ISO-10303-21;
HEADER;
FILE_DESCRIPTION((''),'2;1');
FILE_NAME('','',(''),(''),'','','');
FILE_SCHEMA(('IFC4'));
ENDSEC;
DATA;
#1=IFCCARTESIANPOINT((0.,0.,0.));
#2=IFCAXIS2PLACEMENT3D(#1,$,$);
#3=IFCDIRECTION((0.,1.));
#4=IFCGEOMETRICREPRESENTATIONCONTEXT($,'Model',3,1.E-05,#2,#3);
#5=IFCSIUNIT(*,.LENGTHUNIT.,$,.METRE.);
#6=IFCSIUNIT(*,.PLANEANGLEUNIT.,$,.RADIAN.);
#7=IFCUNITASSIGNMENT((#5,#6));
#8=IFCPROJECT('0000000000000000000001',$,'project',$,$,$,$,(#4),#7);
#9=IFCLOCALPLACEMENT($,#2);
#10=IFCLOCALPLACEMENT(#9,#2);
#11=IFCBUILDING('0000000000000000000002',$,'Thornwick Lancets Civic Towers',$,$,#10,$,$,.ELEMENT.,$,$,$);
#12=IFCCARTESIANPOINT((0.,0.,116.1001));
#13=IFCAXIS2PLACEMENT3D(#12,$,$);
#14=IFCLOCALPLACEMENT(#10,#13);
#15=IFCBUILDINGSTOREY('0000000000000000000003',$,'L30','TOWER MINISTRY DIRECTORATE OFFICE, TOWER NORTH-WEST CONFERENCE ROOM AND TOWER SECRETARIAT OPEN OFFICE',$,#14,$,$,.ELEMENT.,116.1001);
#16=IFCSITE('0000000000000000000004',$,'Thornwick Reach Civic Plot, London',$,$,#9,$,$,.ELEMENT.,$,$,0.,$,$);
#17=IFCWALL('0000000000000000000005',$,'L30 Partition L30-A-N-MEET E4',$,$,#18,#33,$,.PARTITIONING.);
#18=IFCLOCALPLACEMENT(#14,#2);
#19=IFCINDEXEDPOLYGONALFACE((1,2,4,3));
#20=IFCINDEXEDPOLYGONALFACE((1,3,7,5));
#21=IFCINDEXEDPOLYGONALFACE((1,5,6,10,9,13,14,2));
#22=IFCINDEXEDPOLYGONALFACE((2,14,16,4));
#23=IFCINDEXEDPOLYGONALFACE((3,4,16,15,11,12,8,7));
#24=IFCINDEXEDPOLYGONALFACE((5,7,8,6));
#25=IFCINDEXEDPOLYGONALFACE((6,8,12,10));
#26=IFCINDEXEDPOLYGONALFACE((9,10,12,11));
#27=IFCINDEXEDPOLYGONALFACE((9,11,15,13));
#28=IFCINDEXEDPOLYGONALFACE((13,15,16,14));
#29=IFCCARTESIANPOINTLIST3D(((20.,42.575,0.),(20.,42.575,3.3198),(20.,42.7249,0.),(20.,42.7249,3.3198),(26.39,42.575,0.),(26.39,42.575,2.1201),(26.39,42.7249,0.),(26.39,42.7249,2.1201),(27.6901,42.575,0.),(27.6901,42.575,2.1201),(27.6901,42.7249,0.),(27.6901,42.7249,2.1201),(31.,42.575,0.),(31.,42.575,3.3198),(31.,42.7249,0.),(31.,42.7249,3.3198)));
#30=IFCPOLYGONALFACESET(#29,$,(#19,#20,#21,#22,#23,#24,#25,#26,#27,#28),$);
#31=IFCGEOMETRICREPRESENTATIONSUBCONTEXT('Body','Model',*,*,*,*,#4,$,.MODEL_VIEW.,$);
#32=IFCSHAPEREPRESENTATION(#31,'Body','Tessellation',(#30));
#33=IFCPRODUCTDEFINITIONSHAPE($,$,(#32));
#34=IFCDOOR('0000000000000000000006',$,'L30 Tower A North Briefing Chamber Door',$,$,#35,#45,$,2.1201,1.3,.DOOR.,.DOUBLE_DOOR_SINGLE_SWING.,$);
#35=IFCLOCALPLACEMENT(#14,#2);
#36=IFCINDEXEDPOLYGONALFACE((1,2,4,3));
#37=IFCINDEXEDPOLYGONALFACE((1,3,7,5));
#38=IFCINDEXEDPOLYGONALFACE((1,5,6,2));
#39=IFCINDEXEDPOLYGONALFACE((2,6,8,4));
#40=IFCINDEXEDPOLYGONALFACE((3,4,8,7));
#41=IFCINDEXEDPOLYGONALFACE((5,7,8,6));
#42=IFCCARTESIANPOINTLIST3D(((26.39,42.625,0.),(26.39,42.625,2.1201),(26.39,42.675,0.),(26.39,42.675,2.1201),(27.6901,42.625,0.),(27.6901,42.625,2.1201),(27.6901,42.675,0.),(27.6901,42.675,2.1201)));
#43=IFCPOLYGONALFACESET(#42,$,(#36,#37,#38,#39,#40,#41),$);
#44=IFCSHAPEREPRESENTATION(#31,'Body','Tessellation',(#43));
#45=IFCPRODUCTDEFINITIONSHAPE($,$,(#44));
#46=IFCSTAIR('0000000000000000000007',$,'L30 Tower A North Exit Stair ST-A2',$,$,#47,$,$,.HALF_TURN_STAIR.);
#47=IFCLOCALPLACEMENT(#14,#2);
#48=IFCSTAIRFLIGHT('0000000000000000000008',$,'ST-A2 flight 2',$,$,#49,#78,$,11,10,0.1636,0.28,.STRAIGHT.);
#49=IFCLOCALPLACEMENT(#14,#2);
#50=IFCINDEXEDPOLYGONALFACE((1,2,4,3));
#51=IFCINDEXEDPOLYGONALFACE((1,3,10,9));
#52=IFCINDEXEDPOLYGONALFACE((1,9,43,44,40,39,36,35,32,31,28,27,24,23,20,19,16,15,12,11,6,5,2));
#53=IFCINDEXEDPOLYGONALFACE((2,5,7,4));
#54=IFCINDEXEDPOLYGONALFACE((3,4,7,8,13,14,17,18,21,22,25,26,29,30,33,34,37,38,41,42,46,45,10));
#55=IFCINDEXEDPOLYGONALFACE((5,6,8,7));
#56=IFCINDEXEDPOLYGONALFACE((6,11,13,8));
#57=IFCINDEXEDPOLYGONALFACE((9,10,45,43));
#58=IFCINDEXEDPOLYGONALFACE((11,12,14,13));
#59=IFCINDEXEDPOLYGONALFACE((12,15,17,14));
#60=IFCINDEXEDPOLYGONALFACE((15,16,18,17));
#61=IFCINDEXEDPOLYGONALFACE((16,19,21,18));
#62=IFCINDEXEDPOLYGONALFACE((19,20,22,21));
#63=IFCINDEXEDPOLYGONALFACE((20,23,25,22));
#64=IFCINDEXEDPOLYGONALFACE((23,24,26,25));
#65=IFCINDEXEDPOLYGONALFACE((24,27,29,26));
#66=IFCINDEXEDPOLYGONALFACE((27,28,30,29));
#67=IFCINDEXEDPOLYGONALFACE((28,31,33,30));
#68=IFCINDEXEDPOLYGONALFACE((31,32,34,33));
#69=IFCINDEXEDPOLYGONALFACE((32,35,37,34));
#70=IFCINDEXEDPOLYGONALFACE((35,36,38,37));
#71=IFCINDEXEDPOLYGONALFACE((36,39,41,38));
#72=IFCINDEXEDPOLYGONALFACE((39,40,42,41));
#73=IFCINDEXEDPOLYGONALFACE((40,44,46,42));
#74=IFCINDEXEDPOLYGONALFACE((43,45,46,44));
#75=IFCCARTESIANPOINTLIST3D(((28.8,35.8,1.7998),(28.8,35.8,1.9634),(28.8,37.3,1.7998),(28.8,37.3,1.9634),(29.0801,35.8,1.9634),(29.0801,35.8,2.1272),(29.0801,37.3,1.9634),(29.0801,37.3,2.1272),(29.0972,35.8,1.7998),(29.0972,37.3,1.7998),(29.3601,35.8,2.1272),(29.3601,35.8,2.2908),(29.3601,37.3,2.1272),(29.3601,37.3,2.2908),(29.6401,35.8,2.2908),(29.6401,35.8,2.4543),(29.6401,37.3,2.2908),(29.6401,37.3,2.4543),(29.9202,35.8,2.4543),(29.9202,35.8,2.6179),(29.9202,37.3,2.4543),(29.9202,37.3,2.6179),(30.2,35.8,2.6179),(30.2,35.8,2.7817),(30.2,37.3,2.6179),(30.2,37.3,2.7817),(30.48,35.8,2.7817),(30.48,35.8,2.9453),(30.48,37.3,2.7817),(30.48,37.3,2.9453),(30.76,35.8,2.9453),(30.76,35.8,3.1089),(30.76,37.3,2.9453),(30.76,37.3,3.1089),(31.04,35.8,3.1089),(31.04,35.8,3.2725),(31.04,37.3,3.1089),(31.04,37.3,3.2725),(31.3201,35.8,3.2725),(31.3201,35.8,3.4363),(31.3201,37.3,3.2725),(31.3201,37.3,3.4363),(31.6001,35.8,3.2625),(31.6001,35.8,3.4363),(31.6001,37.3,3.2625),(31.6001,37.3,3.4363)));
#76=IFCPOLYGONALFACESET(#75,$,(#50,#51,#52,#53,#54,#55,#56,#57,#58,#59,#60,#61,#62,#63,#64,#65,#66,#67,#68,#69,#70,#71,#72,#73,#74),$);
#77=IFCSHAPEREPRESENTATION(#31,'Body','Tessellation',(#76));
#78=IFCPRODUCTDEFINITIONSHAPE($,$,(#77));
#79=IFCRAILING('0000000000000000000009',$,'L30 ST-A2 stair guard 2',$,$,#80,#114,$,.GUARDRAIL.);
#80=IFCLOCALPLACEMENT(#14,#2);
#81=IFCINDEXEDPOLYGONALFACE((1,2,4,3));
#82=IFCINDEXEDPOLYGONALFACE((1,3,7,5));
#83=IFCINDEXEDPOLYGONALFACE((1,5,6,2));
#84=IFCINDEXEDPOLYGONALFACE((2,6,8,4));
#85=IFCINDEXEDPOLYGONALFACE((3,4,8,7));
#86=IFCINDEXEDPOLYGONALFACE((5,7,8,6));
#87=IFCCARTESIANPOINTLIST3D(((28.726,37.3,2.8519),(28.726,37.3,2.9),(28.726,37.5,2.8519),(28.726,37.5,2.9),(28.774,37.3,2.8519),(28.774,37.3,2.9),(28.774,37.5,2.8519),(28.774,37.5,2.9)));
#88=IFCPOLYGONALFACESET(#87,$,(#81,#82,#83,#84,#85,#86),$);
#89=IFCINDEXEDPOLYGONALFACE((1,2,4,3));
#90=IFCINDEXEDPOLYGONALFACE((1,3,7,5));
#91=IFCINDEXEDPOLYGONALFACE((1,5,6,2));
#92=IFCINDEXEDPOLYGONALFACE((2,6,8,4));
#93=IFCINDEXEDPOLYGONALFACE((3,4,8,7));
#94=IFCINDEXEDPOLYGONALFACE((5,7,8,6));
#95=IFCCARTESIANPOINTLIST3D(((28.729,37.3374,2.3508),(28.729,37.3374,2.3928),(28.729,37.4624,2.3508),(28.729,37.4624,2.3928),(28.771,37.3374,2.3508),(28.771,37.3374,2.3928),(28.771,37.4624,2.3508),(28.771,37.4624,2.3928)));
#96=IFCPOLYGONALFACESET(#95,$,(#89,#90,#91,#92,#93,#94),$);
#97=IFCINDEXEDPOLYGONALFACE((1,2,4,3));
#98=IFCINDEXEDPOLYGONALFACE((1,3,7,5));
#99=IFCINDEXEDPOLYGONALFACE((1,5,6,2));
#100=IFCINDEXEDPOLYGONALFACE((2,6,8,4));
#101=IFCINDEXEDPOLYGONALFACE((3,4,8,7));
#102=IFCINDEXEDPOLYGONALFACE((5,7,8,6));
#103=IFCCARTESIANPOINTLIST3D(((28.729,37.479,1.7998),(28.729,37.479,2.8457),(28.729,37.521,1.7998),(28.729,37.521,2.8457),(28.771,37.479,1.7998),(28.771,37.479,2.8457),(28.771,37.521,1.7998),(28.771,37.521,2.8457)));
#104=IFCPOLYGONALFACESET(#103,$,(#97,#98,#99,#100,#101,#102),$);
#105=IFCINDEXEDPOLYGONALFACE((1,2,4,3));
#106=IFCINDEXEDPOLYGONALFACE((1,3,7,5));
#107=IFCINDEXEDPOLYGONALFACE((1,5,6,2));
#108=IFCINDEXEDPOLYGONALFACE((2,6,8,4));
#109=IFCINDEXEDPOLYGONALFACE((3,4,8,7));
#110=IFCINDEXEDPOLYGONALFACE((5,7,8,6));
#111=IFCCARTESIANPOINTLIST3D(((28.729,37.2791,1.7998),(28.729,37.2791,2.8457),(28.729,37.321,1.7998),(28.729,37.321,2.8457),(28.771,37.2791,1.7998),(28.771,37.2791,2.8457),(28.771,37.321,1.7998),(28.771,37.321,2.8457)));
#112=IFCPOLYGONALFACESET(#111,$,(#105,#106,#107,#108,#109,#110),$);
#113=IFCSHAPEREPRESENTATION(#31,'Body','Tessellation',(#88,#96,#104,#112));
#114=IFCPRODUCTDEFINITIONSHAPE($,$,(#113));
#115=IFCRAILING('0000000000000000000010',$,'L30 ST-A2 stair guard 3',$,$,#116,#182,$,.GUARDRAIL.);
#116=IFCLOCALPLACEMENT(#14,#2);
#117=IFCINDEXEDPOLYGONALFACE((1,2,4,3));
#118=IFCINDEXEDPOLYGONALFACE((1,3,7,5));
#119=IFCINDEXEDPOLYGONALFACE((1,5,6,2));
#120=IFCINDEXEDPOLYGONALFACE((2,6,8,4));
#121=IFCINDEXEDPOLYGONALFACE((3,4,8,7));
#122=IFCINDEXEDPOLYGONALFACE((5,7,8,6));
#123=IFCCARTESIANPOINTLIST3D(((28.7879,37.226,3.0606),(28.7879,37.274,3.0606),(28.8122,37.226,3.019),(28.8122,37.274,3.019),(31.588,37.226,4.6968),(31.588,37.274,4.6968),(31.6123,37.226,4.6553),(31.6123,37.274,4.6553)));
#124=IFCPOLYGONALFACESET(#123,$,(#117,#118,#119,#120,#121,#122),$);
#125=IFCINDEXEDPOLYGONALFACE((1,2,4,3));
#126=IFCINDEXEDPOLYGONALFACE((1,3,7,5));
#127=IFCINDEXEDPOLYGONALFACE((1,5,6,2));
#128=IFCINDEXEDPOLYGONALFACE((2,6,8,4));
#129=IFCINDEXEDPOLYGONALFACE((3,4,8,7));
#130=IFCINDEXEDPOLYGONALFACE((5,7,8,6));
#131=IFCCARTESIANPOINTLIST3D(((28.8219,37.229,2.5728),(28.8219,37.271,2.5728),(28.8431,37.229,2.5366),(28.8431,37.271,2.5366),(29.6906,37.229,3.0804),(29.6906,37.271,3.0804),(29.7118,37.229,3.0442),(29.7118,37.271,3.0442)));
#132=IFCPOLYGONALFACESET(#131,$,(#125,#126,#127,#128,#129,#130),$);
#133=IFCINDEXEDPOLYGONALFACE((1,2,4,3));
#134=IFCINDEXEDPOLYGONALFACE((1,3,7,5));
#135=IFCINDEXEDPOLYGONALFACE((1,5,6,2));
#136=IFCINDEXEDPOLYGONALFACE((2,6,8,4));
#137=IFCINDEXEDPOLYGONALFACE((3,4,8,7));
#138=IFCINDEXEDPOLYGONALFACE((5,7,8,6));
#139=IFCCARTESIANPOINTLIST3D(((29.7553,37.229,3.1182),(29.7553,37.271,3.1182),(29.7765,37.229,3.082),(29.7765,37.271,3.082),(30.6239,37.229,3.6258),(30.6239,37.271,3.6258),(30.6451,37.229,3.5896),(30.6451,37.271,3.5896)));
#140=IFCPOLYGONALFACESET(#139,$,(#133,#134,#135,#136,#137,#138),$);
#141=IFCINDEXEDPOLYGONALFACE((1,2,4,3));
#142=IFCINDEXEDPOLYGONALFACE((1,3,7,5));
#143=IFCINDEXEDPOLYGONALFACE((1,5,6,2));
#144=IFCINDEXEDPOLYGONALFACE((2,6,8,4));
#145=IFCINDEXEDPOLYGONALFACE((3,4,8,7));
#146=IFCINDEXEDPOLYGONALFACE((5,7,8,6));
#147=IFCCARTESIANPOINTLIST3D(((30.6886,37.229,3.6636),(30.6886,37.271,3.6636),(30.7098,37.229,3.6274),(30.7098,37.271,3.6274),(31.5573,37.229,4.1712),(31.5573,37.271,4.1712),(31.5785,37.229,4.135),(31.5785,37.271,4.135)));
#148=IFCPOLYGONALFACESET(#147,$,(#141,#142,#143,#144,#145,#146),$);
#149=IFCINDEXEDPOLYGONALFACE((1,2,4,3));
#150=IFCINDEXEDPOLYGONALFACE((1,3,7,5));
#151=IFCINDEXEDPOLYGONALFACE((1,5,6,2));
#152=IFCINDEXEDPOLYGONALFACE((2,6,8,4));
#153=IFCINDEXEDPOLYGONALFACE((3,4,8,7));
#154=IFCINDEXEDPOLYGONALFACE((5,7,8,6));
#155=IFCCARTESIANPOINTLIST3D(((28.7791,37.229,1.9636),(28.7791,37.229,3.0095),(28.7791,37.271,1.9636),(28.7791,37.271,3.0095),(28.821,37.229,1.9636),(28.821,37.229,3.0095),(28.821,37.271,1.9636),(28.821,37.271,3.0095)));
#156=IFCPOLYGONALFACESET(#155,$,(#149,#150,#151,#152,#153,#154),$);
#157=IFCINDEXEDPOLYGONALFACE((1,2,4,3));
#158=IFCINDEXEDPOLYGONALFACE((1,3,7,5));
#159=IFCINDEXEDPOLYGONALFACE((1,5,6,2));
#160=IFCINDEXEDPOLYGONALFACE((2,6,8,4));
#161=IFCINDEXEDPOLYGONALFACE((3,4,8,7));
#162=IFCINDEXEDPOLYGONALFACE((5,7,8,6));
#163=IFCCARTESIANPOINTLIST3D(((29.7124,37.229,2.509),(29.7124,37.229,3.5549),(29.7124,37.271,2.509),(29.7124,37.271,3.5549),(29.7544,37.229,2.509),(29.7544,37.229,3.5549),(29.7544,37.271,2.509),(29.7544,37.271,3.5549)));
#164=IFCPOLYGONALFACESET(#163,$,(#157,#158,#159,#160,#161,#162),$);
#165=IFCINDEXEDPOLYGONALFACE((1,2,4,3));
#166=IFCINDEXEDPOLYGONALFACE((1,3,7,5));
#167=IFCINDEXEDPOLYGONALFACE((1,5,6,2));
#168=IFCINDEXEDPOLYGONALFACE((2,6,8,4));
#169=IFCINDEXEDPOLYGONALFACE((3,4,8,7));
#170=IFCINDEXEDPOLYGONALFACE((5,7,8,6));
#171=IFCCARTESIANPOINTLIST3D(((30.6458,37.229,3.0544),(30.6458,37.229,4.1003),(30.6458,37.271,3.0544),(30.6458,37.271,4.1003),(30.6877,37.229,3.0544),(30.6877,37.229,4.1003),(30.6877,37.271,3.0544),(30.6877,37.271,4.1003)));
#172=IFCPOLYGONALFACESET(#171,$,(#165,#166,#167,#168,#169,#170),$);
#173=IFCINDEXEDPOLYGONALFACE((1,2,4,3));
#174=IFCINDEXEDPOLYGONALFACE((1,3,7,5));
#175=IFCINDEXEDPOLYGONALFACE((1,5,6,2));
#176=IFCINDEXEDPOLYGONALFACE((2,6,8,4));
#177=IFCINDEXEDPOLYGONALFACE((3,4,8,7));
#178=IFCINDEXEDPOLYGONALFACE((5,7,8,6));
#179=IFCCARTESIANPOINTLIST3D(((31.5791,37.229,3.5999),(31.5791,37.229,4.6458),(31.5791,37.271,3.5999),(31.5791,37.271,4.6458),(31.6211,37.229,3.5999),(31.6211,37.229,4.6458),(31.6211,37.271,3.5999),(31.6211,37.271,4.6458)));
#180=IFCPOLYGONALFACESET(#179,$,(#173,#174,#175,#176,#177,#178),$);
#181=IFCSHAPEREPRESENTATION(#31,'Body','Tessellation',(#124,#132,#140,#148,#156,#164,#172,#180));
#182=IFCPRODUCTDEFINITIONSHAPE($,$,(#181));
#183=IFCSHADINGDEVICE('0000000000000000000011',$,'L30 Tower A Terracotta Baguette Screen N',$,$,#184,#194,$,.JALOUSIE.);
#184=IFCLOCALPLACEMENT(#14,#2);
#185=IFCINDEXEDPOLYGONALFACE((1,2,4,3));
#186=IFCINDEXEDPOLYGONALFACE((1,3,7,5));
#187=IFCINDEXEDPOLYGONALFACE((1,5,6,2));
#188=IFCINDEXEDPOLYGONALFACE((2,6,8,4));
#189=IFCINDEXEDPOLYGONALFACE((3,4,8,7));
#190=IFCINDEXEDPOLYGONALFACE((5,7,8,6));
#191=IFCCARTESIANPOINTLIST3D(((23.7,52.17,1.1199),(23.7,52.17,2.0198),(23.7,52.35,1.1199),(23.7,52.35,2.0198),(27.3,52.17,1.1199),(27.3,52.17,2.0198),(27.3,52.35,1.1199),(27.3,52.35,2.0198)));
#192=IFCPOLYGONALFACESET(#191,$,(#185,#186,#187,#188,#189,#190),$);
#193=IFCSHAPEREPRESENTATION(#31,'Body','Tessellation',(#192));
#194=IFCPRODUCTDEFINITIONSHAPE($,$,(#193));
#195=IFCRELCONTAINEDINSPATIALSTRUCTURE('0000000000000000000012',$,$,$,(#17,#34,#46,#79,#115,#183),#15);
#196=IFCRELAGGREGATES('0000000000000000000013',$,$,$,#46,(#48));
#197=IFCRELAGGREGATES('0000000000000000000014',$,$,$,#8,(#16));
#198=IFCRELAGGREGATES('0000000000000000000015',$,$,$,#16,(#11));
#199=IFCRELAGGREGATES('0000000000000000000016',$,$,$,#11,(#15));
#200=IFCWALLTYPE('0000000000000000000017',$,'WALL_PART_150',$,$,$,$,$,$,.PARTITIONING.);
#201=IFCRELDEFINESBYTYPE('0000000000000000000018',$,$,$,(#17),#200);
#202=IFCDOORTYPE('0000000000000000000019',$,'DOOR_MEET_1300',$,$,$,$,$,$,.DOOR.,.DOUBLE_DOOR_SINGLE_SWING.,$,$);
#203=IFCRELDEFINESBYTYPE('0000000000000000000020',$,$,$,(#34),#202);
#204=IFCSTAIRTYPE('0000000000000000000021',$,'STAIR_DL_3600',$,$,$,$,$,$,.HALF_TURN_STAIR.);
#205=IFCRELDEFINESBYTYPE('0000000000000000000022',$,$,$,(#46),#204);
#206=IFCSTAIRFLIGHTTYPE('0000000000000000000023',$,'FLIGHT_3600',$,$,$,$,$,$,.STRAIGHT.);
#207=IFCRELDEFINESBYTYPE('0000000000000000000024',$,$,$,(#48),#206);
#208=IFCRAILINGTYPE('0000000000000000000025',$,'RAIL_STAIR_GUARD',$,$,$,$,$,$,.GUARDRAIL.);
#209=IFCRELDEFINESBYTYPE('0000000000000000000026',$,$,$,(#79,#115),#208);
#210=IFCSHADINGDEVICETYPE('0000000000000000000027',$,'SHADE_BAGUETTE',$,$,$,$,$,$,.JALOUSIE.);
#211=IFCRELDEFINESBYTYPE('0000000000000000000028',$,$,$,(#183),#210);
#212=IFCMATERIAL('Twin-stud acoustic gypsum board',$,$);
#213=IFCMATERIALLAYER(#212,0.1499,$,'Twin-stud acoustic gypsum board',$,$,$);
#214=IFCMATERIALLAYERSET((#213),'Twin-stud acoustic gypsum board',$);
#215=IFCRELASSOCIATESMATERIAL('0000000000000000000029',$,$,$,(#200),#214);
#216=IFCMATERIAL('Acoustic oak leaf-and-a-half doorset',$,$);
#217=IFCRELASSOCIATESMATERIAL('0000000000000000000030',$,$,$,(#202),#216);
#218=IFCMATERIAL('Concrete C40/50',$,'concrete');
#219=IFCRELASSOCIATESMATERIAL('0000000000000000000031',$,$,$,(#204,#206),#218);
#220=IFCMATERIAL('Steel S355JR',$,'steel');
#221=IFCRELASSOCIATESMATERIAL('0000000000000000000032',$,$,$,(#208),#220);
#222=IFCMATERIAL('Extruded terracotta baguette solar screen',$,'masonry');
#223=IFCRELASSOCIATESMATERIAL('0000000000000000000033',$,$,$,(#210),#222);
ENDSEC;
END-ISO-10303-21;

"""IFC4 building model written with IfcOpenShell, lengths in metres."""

from ifc_helpers import new_model, si_unit, direction, frame, frame_2d, origin, origin_2d, place, context, subcontext, project, spatial, polyline, rectangle, outline, extrude, material, layer, layer_set, type_object, element, fill, aggregate, save


model = new_model("IFC4")

# Units and contexts
model_context = context("Model", 3, precision=1e-05, world=origin(), true_north=direction((0.0, 1.0)))
body_context = subcontext(model_context, "Body", "Model", "MODEL_VIEW")
ifc_project = project(units=[si_unit("LENGTHUNIT", "METRE"), si_unit("PLANEANGLEUNIT", "RADIAN")], contexts=[model_context])

# Site, building, storey
site_placement = place(None, origin())
site = spatial("IfcSite", under=ifc_project, at=site_placement, Name="Thornwick Reach Civic Plot, London", CompositionType="ELEMENT", RefElevation=0.0)
building_placement = place(site_placement, origin())
building = spatial("IfcBuilding", under=site, at=building_placement, Name="Thornwick Lancets Civic Towers", CompositionType="ELEMENT")
storey_placement = place(building_placement, frame((0.0, 0.0, 116.1001)))
storey = spatial("IfcBuildingStorey", under=building, at=storey_placement, Name="L30", Description="TOWER MINISTRY DIRECTORATE OFFICE, TOWER NORTH-WEST CONFERENCE ROOM AND TOWER SECRETARIAT OPEN OFFICE", CompositionType="ELEMENT", Elevation=116.1001)

# Shared definitions
ifc_material_1 = material(Name="Steel S355JR", Category="steel")
ifc_material_2 = material(Name="Concrete C40/50", Category="concrete")

# Shared definitions
ifc_material_3 = material(Name="Twin-stud acoustic gypsum board")
ifc_layer_1 = layer(ifc_material_3, 0.1499, Name="Twin-stud acoustic gypsum board")
ifc_layer_set_1 = layer_set([ifc_layer_1], Name="Twin-stud acoustic gypsum board")
wall_type_1 = type_object("IfcWallType", Name="WALL_PART_150", PredefinedType="PARTITIONING", material=ifc_layer_set_1)

# Wall, opening, door
wall_1_placement = place(storey_placement, frame((31.0, 42.6499, 0.0), z_axis=(0.0, 0.0, 1.0), x_axis=(-1.0, 0.0, 0.0)))
wall_1 = element("IfcWall", 1, at=wall_1_placement, inside=storey, type_object=wall_type_1, Name="L30 Partition L30-A-N-MEET E4", PredefinedType="PARTITIONING", context=body_context, shape_type="SweptSolid", body=[
    extrude(rectangle(XDim=11.0, YDim=0.1499, at=frame_2d((5.5, 0.0))), origin(), (0.0, 0.0, 1.0), 3.3198),
])
opening_1_placement = place(wall_1_placement, frame((3.3101, 0.0, 0.0)))
opening_1 = element("IfcOpeningElement", 2, at=opening_1_placement, cuts=wall_1, PredefinedType="OPENING", context=body_context, shape_type="SweptSolid", body=[
    extrude(rectangle(XDim=1.3, YDim=2.1201, at=frame_2d((0.6499, 1.0601))), frame((0.0, 0.085, 0.0), z_axis=(0.0, -1.0, 0.0), x_axis=(1.0, 0.0, 0.0)), (0.0, 0.0, 1.0), 0.1699),
])
ifc_material_4 = material(Name="Acoustic oak leaf-and-a-half doorset")
door_type_1 = type_object("IfcDoorType", Name="DOOR_MEET_1300", OperationType="DOUBLE_DOOR_SINGLE_SWING", PredefinedType="DOOR", material=ifc_material_4)
door_1_placement = place(opening_1_placement, origin())
door_1 = element("IfcDoor", 3, at=door_1_placement, inside=storey, type_object=door_type_1, Name="L30 Tower A North Briefing Chamber Door", OperationType="DOUBLE_DOOR_SINGLE_SWING", OverallHeight=2.1201, OverallWidth=1.3, PredefinedType="DOOR", context=body_context, shape_type="SweptSolid", body=[
    extrude(rectangle(XDim=1.3, YDim=2.1201, at=frame_2d((0.6499, 1.0601))), frame((0.0, 0.0249, 0.0), z_axis=(0.0, -1.0, 0.0), x_axis=(1.0, 0.0, 0.0)), (0.0, 0.0, 1.0), 0.05),
])
fill(opening_1, door_1)

# Stair, stair flight
stair_type = type_object("IfcStairType", Name="STAIR_DL_3600", PredefinedType="HALF_TURN_STAIR", material=ifc_material_2)
stair_placement = place(storey_placement, origin())
stair = element("IfcStair", 4, at=stair_placement, inside=storey, type_object=stair_type, Name="L30 Tower A North Exit Stair ST-A2", PredefinedType="HALF_TURN_STAIR")
stair_flight_type = type_object("IfcStairFlightType", Name="FLIGHT_3600", PredefinedType="STRAIGHT", material=ifc_material_2)
stair_flight_placement = place(storey_placement, frame((28.8, 36.55, 1.7998), z_axis=(0.0, 0.0, 1.0), x_axis=(1.0, 0.0, 0.0)))
stair_flight = element("IfcStairFlight", 5, at=stair_flight_placement, type_object=stair_flight_type, Name="ST-A2 flight 2", NumberOfRisers=11, NumberOfTreads=10, PredefinedType="STRAIGHT", RiserHeight=0.1636, TreadLength=0.28, context=body_context, shape_type="SweptSolid", body=[
    extrude(outline(polyline([(0.0, 0.0), (0.0, 0.1636), (0.28, 0.1636), (0.28, 0.3274), (0.5601, 0.3274), (0.5601, 0.491), (0.8401, 0.491), (0.8401, 0.6545), (1.1201, 0.6545), (1.1201, 0.8181), (1.3999, 0.8181), (1.3999, 0.9819), (1.6799, 0.9819), (1.6799, 1.1455), (1.96, 1.1455), (1.96, 1.3091), (2.24, 1.3091), (2.24, 1.4727), (2.52, 1.4727), (2.52, 1.6365), (2.8, 1.6365), (2.8, 1.8), (2.8, 1.4626), (0.2971, 0.0), (0.0, 0.0)])), frame((0.0, 0.75, 0.0), z_axis=(0.0, -1.0, 0.0), x_axis=(1.0, 0.0, 0.0)), (0.0, 0.0, 1.0), 1.5),
])
aggregate(stair, [stair_flight])

# Railings
railing_type = type_object("IfcRailingType", Name="RAIL_STAIR_GUARD", PredefinedType="GUARDRAIL", material=ifc_material_1)
railing_1_placement = place(storey_placement, frame((28.75, 37.5, 1.7998)))
element("IfcRailing", 6, at=railing_1_placement, inside=storey, type_object=railing_type, Name="L30 ST-A2 stair guard 2", PredefinedType="GUARDRAIL", context=body_context, shape_type="SweptSolid", body=[
    extrude(rectangle(XDim=0.0481, YDim=0.0481, at=origin_2d()), frame((0.0, 0.0, 1.0762), z_axis=(0.0, -1.0, 0.0), x_axis=(1.0, 0.0, 0.0)), (0.0, 0.0, 1.0), 0.2),
    extrude(rectangle(XDim=0.042, YDim=0.042, at=origin_2d()), frame((0.0, -0.0376, 0.572), z_axis=(0.0, -1.0, 0.0), x_axis=(1.0, 0.0, 0.0)), (0.0, 0.0, 1.0), 0.125),
    extrude(rectangle(XDim=0.042, YDim=0.042, at=origin_2d()), origin(), (0.0, 0.0, 1.0), 1.0459),
    extrude(rectangle(XDim=0.042, YDim=0.042, at=origin_2d()), frame((0.0, -0.2, 0.0)), (0.0, 0.0, 1.0), 1.0459),
])
railing_2_placement = place(storey_placement, frame((28.8, 37.25, 1.9636)))
element("IfcRailing", 7, at=railing_2_placement, inside=storey, type_object=railing_type, Name="L30 ST-A2 stair guard 3", PredefinedType="GUARDRAIL", context=body_context, shape_type="SweptSolid", body=[
    extrude(rectangle(XDim=0.0481, YDim=0.0481, at=origin_2d()), frame((0.0, 0.0, 1.0762), z_axis=(0.863394, 0.0, 0.504531), x_axis=(0.0, 1.0, 0.0)), (0.0, 0.0, 1.0), 3.2432),
    extrude(rectangle(XDim=0.042, YDim=0.042, at=origin_2d()), frame((0.0325, 0.0, 0.5911), z_axis=(0.863394, 0.0, 0.504531), x_axis=(0.0, 1.0, 0.0)), (0.0, 0.0, 1.0), 1.0061),
    extrude(rectangle(XDim=0.042, YDim=0.042, at=origin_2d()), frame((0.9658, 0.0, 1.1365), z_axis=(0.863394, 0.0, 0.504531), x_axis=(0.0, 1.0, 0.0)), (0.0, 0.0, 1.0), 1.0061),
    extrude(rectangle(XDim=0.042, YDim=0.042, at=origin_2d()), frame((1.8992, 0.0, 1.6819), z_axis=(0.863394, 0.0, 0.504531), x_axis=(0.0, 1.0, 0.0)), (0.0, 0.0, 1.0), 1.0061),
    extrude(rectangle(XDim=0.042, YDim=0.042, at=origin_2d()), origin(), (0.0, 0.0, 1.0), 1.0459),
    extrude(rectangle(XDim=0.042, YDim=0.042, at=origin_2d()), frame((0.9333, 0.0, 0.5454)), (0.0, 0.0, 1.0), 1.0459),
    extrude(rectangle(XDim=0.042, YDim=0.042, at=origin_2d()), frame((1.8667, 0.0, 1.0908)), (0.0, 0.0, 1.0), 1.0459),
    extrude(rectangle(XDim=0.042, YDim=0.042, at=origin_2d()), frame((2.8, 0.0, 1.6362)), (0.0, 0.0, 1.0), 1.0459),
])

# Shading device
ifc_material_5 = material(Name="Extruded terracotta baguette solar screen", Category="masonry")
shading_device_type = type_object("IfcShadingDeviceType", Name="SHADE_BAGUETTE", PredefinedType="JALOUSIE", material=ifc_material_5)
shading_device_placement = place(storey_placement, frame((25.5, 52.26, 1.1199), z_axis=(0.0, 0.0, 1.0), x_axis=(1.0, 0.0, 0.0)))
element("IfcShadingDevice", 8, at=shading_device_placement, inside=storey, type_object=shading_device_type, Name="L30 Tower A Terracotta Baguette Screen N", PredefinedType="JALOUSIE", context=body_context, shape_type="SweptSolid", body=[
    extrude(rectangle(XDim=3.6001, YDim=0.1799, at=origin_2d()), origin(), (0.0, 0.0, 1.0), 0.8999),
])

save(model, "model.ifc")
